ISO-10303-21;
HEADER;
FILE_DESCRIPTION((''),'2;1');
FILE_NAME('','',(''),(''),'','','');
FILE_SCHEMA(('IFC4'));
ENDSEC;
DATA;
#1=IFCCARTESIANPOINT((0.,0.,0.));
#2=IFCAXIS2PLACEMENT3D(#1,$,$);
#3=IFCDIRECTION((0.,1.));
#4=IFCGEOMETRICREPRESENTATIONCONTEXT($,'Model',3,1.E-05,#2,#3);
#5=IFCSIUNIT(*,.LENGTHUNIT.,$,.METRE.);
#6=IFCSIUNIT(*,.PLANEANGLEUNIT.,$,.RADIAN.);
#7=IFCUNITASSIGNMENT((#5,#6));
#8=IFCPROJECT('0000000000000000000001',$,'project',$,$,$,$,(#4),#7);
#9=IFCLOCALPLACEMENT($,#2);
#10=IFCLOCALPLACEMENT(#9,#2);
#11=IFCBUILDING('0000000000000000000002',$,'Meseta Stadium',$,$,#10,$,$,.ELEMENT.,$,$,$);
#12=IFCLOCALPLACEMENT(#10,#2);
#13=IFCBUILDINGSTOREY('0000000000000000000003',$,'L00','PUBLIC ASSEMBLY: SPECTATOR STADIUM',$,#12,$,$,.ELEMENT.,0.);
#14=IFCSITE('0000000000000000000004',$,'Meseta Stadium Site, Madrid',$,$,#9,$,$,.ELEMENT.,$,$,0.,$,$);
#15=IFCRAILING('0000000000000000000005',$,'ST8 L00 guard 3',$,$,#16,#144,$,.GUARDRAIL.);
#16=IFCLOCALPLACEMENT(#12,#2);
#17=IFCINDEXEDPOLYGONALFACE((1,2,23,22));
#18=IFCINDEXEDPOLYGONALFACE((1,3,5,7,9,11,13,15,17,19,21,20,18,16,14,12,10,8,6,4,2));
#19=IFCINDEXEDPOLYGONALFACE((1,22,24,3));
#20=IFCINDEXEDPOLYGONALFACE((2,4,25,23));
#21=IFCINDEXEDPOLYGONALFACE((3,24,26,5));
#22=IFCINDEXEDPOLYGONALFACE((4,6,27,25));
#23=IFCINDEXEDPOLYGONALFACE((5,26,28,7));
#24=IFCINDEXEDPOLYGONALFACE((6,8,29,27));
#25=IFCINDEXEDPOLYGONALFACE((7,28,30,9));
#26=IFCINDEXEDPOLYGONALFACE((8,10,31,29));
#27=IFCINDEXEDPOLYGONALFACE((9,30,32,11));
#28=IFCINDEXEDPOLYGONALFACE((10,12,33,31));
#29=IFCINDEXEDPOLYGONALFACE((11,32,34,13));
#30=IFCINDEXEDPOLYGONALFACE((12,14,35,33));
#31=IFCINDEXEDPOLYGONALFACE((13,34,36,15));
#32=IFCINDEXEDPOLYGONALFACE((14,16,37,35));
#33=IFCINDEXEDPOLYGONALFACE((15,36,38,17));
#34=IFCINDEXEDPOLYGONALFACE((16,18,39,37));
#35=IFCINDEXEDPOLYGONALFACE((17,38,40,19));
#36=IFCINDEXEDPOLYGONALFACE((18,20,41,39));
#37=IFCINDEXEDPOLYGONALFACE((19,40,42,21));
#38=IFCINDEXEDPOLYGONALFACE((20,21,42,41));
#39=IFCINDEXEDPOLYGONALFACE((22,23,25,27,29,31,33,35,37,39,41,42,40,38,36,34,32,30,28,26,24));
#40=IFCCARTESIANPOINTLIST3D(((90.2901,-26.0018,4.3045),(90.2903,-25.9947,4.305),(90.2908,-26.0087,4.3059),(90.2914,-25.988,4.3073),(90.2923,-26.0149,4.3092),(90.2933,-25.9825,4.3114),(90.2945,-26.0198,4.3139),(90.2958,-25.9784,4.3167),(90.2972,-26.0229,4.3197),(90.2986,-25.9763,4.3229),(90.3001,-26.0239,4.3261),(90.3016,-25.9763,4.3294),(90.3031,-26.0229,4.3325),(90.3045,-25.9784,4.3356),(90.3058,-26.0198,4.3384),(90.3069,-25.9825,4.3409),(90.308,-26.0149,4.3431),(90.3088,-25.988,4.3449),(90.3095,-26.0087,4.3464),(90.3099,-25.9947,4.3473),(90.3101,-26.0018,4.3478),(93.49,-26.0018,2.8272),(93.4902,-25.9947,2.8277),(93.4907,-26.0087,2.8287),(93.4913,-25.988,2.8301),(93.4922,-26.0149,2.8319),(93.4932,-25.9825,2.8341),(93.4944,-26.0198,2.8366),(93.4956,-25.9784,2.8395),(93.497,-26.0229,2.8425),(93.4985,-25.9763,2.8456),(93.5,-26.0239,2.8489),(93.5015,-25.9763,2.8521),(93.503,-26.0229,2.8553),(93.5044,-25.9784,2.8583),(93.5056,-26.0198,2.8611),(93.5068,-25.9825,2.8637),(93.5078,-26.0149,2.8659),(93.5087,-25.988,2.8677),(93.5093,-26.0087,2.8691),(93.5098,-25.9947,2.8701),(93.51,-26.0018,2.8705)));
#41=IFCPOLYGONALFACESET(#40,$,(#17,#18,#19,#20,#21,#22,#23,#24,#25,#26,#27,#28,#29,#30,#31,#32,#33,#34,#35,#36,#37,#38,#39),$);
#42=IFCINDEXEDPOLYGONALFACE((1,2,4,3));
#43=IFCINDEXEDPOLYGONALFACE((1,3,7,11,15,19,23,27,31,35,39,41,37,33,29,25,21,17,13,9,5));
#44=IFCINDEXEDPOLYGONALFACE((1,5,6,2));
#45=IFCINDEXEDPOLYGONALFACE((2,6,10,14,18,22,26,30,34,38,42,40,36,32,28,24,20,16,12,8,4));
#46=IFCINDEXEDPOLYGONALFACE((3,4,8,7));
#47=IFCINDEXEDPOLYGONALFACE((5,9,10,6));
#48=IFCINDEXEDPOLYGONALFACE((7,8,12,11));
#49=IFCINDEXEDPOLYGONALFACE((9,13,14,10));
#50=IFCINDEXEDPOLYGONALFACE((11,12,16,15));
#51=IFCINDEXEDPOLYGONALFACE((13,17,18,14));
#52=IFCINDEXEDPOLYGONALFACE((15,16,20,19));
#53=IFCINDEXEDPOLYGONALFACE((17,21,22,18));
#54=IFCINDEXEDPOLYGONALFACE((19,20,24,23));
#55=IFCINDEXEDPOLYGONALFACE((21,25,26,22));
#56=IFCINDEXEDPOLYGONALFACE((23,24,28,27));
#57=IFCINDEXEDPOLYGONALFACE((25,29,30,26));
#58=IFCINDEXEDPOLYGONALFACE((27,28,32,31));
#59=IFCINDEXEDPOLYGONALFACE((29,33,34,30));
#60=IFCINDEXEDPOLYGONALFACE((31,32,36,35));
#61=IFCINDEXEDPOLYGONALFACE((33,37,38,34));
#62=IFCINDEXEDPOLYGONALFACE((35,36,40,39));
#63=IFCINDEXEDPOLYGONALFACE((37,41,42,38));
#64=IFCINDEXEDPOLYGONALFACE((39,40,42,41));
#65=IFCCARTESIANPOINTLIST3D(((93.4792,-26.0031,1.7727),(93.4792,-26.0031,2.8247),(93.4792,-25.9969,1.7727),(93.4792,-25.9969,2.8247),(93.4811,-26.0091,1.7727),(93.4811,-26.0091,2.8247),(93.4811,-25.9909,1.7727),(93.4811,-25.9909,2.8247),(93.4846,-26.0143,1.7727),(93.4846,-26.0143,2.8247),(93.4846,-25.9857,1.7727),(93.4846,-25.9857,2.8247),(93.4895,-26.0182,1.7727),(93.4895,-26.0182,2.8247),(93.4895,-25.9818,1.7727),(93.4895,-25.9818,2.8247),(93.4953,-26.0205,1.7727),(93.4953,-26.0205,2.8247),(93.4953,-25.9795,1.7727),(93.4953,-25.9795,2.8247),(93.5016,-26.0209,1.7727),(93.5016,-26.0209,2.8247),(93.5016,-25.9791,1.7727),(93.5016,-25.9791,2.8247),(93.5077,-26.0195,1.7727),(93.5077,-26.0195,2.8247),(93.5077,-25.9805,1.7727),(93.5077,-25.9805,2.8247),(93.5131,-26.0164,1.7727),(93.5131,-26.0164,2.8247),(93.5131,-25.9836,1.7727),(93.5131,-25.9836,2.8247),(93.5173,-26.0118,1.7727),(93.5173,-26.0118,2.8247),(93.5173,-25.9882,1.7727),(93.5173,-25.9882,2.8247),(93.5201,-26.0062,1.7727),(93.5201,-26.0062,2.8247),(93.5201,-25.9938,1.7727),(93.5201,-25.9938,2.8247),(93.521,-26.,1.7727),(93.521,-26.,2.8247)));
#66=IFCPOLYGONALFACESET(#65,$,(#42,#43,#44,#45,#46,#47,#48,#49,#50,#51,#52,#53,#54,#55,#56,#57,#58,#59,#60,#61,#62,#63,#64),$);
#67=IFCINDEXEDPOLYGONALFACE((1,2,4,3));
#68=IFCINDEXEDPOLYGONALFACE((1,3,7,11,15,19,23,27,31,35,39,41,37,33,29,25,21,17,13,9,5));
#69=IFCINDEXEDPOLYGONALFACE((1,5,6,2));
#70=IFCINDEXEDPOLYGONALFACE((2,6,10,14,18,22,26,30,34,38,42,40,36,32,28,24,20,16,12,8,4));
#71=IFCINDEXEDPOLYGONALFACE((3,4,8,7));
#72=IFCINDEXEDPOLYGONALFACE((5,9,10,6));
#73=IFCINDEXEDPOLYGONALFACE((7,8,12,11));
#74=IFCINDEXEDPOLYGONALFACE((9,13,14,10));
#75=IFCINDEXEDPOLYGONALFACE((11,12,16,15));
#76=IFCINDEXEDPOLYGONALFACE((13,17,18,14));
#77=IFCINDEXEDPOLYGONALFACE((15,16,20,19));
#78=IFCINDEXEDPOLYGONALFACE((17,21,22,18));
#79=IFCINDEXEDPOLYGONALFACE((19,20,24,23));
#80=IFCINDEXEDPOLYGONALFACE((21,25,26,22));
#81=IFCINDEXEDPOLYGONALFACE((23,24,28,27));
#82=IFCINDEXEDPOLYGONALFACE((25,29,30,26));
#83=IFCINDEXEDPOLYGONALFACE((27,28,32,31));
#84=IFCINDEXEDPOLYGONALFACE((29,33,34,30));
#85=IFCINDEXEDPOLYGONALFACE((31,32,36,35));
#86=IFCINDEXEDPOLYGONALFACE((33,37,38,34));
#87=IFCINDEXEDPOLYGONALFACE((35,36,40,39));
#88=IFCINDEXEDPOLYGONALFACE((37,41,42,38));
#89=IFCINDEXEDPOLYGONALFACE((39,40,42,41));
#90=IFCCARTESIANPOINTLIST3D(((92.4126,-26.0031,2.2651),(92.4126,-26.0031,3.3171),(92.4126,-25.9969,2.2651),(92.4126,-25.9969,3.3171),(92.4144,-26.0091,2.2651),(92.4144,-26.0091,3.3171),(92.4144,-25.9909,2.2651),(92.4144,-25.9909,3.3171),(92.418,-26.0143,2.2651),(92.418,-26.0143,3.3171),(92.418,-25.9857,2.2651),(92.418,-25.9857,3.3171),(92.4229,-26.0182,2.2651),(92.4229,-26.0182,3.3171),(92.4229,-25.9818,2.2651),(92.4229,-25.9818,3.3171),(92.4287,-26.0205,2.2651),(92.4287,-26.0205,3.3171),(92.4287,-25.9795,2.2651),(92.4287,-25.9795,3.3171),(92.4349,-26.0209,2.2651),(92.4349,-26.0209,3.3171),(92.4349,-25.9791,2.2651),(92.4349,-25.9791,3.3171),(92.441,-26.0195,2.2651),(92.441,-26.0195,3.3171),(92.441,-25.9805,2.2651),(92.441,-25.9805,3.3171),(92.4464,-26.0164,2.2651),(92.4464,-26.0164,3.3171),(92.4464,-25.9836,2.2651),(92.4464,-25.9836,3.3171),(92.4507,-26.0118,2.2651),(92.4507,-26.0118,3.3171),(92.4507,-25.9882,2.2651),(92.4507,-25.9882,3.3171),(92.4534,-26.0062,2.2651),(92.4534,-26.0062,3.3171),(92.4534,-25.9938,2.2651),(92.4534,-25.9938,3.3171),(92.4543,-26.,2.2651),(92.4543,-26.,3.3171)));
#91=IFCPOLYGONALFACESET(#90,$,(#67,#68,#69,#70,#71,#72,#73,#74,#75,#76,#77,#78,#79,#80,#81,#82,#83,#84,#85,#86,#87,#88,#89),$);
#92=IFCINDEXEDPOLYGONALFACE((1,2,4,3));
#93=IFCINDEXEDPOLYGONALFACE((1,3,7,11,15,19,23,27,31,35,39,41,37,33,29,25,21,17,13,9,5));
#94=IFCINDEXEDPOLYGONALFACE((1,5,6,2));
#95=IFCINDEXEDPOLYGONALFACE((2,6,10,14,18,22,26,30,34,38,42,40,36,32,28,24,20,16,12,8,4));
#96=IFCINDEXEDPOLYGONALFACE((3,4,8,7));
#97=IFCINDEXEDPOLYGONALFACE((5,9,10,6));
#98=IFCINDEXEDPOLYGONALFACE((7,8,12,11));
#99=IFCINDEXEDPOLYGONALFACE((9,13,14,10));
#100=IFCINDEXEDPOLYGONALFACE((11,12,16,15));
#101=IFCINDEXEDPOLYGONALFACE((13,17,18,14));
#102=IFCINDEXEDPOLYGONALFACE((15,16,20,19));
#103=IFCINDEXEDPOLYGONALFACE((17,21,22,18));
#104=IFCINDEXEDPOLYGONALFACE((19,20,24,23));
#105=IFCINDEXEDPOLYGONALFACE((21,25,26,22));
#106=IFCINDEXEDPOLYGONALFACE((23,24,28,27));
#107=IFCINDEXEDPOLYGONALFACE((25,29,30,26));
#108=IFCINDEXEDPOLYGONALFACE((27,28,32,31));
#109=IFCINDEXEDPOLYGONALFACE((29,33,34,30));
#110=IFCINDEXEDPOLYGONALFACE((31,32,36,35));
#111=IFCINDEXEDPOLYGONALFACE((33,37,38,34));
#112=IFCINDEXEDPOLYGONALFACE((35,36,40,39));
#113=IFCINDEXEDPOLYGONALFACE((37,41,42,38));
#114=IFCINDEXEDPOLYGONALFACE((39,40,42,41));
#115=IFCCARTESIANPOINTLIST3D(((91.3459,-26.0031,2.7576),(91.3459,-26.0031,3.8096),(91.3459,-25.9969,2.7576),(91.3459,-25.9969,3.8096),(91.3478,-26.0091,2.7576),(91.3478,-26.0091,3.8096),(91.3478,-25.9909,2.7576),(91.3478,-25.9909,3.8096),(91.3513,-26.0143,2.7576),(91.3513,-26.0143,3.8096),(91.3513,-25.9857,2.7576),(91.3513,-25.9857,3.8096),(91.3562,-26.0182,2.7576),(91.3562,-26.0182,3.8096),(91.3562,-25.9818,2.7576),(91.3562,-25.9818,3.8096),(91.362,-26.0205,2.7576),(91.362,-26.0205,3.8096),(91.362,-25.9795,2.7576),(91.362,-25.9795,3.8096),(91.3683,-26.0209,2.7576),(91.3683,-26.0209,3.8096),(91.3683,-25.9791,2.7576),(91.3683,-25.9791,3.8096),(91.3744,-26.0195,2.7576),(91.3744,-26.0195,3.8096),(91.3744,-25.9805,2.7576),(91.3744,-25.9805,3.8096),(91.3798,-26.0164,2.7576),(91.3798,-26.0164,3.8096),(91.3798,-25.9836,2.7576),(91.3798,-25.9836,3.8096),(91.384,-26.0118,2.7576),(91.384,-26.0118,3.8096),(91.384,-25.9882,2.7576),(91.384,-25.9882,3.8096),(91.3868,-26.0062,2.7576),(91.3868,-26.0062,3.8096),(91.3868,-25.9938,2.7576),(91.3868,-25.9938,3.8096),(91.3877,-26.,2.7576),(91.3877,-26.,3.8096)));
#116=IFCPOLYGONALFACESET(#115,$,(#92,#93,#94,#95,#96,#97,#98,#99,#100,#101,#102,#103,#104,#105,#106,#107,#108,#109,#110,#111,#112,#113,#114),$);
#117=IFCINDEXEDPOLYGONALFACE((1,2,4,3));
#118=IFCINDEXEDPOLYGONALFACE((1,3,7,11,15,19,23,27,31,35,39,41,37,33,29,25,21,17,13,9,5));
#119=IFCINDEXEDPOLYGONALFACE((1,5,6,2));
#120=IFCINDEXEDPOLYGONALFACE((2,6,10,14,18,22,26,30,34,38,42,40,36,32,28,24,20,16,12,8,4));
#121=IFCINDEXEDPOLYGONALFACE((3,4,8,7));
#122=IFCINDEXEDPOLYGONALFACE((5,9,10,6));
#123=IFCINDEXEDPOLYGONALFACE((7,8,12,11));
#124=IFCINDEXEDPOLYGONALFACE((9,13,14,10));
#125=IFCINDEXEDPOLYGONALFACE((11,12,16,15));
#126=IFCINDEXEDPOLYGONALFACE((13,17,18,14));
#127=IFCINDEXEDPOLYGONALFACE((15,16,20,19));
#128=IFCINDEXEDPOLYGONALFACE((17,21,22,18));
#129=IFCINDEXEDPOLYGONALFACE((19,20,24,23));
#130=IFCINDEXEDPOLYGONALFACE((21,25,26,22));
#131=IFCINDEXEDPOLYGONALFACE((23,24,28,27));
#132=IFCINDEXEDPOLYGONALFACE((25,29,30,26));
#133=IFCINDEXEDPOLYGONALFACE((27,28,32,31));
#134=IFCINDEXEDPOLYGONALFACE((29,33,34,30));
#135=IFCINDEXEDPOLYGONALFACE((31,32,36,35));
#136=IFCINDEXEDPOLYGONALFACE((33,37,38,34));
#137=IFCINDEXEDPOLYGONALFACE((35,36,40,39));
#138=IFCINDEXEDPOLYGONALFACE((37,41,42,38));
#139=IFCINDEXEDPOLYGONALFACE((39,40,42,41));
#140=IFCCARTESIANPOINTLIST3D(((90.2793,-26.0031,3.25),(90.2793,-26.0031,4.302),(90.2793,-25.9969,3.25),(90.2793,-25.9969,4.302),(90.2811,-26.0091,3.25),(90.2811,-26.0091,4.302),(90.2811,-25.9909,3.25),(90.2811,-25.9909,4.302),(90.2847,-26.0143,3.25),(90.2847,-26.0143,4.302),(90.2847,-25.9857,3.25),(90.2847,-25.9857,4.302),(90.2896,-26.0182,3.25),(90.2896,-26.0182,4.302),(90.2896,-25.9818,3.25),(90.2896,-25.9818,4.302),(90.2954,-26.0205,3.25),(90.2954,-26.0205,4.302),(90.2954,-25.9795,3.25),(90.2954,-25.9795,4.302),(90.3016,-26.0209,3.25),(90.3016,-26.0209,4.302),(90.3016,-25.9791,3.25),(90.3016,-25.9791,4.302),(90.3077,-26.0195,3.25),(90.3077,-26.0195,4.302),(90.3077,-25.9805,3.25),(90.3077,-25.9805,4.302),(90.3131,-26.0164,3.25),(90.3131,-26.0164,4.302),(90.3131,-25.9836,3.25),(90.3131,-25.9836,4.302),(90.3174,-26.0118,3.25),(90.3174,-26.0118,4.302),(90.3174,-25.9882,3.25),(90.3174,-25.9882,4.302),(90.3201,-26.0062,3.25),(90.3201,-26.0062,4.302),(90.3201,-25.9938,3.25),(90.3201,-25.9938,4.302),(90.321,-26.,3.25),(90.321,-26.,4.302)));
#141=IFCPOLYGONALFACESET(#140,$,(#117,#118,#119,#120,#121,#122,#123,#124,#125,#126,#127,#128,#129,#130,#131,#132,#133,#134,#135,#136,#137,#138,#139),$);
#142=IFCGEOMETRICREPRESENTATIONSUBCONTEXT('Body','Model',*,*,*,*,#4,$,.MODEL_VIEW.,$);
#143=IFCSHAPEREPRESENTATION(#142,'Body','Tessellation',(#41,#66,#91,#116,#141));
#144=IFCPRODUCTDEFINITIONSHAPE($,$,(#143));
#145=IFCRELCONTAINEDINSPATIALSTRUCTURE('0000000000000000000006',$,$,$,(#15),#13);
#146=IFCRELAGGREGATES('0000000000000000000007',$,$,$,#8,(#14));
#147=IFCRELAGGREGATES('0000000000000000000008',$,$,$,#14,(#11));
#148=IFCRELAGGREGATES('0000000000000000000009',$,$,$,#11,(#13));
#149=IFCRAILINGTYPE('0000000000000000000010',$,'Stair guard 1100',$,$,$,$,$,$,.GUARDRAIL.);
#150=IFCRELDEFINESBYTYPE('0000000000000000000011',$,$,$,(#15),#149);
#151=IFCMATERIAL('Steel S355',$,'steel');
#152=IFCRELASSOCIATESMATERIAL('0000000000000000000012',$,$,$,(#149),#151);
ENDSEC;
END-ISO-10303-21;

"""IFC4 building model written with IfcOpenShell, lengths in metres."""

from ifc_helpers import new_model, si_unit, direction, frame, origin, origin_2d, place, context, subcontext, project, spatial, circle, extrude, material, type_object, element, save


model = new_model("IFC4")

# Units and contexts
model_context = context("Model", 3, precision=1e-05, world=origin(), true_north=direction((0.0, 1.0)))
body_context = subcontext(model_context, "Body", "Model", "MODEL_VIEW")
ifc_project = project(units=[si_unit("LENGTHUNIT", "METRE"), si_unit("PLANEANGLEUNIT", "RADIAN")], contexts=[model_context])

# Site, building, storey
site_placement = place(None, origin())
site = spatial("IfcSite", under=ifc_project, at=site_placement, Name="Meseta Stadium Site, Madrid", CompositionType="ELEMENT", RefElevation=0.0)
building_placement = place(site_placement, origin())
building = spatial("IfcBuilding", under=site, at=building_placement, Name="Meseta Stadium", CompositionType="ELEMENT")
storey_placement = place(building_placement, origin())
storey = spatial("IfcBuildingStorey", under=building, at=storey_placement, Name="L00", Description="PUBLIC ASSEMBLY: SPECTATOR STADIUM", CompositionType="ELEMENT", Elevation=0.0)

# Railing
ifc_material_1 = material(Name="Steel S355", Category="steel")
railing_type_1 = type_object("IfcRailingType", Name="Stair guard 1100", PredefinedType="GUARDRAIL", material=ifc_material_1)
railing_1_placement = place(storey_placement, frame((93.5, -26.0, 1.7727)))
element("IfcRailing", 1, at=railing_1_placement, inside=storey, type_object=railing_type_1, Name="ST8 L00 guard 3", PredefinedType="GUARDRAIL", context=body_context, shape_type="SweptSolid", body=[
    extrude(circle(Radius=0.0239, at=origin_2d()), frame((0.0, 0.0, 1.0762), z_axis=(-0.907917, 0.0, 0.41915), x_axis=(0.0, -1.0, 0.0)), (0.0, 0.0, 1.0), 3.5244),
    extrude(circle(Radius=0.021, at=origin_2d()), origin(), (0.0, 0.0, 1.0), 1.052),
    extrude(circle(Radius=0.021, at=origin_2d()), frame((-1.0667, 0.0, 0.4924)), (0.0, 0.0, 1.0), 1.052),
    extrude(circle(Radius=0.021, at=origin_2d()), frame((-2.1333, 0.0, 0.9849)), (0.0, 0.0, 1.0), 1.052),
    extrude(circle(Radius=0.021, at=origin_2d()), frame((-3.2, 0.0, 1.4773)), (0.0, 0.0, 1.0), 1.052),
])

save(model, "model.ifc")
